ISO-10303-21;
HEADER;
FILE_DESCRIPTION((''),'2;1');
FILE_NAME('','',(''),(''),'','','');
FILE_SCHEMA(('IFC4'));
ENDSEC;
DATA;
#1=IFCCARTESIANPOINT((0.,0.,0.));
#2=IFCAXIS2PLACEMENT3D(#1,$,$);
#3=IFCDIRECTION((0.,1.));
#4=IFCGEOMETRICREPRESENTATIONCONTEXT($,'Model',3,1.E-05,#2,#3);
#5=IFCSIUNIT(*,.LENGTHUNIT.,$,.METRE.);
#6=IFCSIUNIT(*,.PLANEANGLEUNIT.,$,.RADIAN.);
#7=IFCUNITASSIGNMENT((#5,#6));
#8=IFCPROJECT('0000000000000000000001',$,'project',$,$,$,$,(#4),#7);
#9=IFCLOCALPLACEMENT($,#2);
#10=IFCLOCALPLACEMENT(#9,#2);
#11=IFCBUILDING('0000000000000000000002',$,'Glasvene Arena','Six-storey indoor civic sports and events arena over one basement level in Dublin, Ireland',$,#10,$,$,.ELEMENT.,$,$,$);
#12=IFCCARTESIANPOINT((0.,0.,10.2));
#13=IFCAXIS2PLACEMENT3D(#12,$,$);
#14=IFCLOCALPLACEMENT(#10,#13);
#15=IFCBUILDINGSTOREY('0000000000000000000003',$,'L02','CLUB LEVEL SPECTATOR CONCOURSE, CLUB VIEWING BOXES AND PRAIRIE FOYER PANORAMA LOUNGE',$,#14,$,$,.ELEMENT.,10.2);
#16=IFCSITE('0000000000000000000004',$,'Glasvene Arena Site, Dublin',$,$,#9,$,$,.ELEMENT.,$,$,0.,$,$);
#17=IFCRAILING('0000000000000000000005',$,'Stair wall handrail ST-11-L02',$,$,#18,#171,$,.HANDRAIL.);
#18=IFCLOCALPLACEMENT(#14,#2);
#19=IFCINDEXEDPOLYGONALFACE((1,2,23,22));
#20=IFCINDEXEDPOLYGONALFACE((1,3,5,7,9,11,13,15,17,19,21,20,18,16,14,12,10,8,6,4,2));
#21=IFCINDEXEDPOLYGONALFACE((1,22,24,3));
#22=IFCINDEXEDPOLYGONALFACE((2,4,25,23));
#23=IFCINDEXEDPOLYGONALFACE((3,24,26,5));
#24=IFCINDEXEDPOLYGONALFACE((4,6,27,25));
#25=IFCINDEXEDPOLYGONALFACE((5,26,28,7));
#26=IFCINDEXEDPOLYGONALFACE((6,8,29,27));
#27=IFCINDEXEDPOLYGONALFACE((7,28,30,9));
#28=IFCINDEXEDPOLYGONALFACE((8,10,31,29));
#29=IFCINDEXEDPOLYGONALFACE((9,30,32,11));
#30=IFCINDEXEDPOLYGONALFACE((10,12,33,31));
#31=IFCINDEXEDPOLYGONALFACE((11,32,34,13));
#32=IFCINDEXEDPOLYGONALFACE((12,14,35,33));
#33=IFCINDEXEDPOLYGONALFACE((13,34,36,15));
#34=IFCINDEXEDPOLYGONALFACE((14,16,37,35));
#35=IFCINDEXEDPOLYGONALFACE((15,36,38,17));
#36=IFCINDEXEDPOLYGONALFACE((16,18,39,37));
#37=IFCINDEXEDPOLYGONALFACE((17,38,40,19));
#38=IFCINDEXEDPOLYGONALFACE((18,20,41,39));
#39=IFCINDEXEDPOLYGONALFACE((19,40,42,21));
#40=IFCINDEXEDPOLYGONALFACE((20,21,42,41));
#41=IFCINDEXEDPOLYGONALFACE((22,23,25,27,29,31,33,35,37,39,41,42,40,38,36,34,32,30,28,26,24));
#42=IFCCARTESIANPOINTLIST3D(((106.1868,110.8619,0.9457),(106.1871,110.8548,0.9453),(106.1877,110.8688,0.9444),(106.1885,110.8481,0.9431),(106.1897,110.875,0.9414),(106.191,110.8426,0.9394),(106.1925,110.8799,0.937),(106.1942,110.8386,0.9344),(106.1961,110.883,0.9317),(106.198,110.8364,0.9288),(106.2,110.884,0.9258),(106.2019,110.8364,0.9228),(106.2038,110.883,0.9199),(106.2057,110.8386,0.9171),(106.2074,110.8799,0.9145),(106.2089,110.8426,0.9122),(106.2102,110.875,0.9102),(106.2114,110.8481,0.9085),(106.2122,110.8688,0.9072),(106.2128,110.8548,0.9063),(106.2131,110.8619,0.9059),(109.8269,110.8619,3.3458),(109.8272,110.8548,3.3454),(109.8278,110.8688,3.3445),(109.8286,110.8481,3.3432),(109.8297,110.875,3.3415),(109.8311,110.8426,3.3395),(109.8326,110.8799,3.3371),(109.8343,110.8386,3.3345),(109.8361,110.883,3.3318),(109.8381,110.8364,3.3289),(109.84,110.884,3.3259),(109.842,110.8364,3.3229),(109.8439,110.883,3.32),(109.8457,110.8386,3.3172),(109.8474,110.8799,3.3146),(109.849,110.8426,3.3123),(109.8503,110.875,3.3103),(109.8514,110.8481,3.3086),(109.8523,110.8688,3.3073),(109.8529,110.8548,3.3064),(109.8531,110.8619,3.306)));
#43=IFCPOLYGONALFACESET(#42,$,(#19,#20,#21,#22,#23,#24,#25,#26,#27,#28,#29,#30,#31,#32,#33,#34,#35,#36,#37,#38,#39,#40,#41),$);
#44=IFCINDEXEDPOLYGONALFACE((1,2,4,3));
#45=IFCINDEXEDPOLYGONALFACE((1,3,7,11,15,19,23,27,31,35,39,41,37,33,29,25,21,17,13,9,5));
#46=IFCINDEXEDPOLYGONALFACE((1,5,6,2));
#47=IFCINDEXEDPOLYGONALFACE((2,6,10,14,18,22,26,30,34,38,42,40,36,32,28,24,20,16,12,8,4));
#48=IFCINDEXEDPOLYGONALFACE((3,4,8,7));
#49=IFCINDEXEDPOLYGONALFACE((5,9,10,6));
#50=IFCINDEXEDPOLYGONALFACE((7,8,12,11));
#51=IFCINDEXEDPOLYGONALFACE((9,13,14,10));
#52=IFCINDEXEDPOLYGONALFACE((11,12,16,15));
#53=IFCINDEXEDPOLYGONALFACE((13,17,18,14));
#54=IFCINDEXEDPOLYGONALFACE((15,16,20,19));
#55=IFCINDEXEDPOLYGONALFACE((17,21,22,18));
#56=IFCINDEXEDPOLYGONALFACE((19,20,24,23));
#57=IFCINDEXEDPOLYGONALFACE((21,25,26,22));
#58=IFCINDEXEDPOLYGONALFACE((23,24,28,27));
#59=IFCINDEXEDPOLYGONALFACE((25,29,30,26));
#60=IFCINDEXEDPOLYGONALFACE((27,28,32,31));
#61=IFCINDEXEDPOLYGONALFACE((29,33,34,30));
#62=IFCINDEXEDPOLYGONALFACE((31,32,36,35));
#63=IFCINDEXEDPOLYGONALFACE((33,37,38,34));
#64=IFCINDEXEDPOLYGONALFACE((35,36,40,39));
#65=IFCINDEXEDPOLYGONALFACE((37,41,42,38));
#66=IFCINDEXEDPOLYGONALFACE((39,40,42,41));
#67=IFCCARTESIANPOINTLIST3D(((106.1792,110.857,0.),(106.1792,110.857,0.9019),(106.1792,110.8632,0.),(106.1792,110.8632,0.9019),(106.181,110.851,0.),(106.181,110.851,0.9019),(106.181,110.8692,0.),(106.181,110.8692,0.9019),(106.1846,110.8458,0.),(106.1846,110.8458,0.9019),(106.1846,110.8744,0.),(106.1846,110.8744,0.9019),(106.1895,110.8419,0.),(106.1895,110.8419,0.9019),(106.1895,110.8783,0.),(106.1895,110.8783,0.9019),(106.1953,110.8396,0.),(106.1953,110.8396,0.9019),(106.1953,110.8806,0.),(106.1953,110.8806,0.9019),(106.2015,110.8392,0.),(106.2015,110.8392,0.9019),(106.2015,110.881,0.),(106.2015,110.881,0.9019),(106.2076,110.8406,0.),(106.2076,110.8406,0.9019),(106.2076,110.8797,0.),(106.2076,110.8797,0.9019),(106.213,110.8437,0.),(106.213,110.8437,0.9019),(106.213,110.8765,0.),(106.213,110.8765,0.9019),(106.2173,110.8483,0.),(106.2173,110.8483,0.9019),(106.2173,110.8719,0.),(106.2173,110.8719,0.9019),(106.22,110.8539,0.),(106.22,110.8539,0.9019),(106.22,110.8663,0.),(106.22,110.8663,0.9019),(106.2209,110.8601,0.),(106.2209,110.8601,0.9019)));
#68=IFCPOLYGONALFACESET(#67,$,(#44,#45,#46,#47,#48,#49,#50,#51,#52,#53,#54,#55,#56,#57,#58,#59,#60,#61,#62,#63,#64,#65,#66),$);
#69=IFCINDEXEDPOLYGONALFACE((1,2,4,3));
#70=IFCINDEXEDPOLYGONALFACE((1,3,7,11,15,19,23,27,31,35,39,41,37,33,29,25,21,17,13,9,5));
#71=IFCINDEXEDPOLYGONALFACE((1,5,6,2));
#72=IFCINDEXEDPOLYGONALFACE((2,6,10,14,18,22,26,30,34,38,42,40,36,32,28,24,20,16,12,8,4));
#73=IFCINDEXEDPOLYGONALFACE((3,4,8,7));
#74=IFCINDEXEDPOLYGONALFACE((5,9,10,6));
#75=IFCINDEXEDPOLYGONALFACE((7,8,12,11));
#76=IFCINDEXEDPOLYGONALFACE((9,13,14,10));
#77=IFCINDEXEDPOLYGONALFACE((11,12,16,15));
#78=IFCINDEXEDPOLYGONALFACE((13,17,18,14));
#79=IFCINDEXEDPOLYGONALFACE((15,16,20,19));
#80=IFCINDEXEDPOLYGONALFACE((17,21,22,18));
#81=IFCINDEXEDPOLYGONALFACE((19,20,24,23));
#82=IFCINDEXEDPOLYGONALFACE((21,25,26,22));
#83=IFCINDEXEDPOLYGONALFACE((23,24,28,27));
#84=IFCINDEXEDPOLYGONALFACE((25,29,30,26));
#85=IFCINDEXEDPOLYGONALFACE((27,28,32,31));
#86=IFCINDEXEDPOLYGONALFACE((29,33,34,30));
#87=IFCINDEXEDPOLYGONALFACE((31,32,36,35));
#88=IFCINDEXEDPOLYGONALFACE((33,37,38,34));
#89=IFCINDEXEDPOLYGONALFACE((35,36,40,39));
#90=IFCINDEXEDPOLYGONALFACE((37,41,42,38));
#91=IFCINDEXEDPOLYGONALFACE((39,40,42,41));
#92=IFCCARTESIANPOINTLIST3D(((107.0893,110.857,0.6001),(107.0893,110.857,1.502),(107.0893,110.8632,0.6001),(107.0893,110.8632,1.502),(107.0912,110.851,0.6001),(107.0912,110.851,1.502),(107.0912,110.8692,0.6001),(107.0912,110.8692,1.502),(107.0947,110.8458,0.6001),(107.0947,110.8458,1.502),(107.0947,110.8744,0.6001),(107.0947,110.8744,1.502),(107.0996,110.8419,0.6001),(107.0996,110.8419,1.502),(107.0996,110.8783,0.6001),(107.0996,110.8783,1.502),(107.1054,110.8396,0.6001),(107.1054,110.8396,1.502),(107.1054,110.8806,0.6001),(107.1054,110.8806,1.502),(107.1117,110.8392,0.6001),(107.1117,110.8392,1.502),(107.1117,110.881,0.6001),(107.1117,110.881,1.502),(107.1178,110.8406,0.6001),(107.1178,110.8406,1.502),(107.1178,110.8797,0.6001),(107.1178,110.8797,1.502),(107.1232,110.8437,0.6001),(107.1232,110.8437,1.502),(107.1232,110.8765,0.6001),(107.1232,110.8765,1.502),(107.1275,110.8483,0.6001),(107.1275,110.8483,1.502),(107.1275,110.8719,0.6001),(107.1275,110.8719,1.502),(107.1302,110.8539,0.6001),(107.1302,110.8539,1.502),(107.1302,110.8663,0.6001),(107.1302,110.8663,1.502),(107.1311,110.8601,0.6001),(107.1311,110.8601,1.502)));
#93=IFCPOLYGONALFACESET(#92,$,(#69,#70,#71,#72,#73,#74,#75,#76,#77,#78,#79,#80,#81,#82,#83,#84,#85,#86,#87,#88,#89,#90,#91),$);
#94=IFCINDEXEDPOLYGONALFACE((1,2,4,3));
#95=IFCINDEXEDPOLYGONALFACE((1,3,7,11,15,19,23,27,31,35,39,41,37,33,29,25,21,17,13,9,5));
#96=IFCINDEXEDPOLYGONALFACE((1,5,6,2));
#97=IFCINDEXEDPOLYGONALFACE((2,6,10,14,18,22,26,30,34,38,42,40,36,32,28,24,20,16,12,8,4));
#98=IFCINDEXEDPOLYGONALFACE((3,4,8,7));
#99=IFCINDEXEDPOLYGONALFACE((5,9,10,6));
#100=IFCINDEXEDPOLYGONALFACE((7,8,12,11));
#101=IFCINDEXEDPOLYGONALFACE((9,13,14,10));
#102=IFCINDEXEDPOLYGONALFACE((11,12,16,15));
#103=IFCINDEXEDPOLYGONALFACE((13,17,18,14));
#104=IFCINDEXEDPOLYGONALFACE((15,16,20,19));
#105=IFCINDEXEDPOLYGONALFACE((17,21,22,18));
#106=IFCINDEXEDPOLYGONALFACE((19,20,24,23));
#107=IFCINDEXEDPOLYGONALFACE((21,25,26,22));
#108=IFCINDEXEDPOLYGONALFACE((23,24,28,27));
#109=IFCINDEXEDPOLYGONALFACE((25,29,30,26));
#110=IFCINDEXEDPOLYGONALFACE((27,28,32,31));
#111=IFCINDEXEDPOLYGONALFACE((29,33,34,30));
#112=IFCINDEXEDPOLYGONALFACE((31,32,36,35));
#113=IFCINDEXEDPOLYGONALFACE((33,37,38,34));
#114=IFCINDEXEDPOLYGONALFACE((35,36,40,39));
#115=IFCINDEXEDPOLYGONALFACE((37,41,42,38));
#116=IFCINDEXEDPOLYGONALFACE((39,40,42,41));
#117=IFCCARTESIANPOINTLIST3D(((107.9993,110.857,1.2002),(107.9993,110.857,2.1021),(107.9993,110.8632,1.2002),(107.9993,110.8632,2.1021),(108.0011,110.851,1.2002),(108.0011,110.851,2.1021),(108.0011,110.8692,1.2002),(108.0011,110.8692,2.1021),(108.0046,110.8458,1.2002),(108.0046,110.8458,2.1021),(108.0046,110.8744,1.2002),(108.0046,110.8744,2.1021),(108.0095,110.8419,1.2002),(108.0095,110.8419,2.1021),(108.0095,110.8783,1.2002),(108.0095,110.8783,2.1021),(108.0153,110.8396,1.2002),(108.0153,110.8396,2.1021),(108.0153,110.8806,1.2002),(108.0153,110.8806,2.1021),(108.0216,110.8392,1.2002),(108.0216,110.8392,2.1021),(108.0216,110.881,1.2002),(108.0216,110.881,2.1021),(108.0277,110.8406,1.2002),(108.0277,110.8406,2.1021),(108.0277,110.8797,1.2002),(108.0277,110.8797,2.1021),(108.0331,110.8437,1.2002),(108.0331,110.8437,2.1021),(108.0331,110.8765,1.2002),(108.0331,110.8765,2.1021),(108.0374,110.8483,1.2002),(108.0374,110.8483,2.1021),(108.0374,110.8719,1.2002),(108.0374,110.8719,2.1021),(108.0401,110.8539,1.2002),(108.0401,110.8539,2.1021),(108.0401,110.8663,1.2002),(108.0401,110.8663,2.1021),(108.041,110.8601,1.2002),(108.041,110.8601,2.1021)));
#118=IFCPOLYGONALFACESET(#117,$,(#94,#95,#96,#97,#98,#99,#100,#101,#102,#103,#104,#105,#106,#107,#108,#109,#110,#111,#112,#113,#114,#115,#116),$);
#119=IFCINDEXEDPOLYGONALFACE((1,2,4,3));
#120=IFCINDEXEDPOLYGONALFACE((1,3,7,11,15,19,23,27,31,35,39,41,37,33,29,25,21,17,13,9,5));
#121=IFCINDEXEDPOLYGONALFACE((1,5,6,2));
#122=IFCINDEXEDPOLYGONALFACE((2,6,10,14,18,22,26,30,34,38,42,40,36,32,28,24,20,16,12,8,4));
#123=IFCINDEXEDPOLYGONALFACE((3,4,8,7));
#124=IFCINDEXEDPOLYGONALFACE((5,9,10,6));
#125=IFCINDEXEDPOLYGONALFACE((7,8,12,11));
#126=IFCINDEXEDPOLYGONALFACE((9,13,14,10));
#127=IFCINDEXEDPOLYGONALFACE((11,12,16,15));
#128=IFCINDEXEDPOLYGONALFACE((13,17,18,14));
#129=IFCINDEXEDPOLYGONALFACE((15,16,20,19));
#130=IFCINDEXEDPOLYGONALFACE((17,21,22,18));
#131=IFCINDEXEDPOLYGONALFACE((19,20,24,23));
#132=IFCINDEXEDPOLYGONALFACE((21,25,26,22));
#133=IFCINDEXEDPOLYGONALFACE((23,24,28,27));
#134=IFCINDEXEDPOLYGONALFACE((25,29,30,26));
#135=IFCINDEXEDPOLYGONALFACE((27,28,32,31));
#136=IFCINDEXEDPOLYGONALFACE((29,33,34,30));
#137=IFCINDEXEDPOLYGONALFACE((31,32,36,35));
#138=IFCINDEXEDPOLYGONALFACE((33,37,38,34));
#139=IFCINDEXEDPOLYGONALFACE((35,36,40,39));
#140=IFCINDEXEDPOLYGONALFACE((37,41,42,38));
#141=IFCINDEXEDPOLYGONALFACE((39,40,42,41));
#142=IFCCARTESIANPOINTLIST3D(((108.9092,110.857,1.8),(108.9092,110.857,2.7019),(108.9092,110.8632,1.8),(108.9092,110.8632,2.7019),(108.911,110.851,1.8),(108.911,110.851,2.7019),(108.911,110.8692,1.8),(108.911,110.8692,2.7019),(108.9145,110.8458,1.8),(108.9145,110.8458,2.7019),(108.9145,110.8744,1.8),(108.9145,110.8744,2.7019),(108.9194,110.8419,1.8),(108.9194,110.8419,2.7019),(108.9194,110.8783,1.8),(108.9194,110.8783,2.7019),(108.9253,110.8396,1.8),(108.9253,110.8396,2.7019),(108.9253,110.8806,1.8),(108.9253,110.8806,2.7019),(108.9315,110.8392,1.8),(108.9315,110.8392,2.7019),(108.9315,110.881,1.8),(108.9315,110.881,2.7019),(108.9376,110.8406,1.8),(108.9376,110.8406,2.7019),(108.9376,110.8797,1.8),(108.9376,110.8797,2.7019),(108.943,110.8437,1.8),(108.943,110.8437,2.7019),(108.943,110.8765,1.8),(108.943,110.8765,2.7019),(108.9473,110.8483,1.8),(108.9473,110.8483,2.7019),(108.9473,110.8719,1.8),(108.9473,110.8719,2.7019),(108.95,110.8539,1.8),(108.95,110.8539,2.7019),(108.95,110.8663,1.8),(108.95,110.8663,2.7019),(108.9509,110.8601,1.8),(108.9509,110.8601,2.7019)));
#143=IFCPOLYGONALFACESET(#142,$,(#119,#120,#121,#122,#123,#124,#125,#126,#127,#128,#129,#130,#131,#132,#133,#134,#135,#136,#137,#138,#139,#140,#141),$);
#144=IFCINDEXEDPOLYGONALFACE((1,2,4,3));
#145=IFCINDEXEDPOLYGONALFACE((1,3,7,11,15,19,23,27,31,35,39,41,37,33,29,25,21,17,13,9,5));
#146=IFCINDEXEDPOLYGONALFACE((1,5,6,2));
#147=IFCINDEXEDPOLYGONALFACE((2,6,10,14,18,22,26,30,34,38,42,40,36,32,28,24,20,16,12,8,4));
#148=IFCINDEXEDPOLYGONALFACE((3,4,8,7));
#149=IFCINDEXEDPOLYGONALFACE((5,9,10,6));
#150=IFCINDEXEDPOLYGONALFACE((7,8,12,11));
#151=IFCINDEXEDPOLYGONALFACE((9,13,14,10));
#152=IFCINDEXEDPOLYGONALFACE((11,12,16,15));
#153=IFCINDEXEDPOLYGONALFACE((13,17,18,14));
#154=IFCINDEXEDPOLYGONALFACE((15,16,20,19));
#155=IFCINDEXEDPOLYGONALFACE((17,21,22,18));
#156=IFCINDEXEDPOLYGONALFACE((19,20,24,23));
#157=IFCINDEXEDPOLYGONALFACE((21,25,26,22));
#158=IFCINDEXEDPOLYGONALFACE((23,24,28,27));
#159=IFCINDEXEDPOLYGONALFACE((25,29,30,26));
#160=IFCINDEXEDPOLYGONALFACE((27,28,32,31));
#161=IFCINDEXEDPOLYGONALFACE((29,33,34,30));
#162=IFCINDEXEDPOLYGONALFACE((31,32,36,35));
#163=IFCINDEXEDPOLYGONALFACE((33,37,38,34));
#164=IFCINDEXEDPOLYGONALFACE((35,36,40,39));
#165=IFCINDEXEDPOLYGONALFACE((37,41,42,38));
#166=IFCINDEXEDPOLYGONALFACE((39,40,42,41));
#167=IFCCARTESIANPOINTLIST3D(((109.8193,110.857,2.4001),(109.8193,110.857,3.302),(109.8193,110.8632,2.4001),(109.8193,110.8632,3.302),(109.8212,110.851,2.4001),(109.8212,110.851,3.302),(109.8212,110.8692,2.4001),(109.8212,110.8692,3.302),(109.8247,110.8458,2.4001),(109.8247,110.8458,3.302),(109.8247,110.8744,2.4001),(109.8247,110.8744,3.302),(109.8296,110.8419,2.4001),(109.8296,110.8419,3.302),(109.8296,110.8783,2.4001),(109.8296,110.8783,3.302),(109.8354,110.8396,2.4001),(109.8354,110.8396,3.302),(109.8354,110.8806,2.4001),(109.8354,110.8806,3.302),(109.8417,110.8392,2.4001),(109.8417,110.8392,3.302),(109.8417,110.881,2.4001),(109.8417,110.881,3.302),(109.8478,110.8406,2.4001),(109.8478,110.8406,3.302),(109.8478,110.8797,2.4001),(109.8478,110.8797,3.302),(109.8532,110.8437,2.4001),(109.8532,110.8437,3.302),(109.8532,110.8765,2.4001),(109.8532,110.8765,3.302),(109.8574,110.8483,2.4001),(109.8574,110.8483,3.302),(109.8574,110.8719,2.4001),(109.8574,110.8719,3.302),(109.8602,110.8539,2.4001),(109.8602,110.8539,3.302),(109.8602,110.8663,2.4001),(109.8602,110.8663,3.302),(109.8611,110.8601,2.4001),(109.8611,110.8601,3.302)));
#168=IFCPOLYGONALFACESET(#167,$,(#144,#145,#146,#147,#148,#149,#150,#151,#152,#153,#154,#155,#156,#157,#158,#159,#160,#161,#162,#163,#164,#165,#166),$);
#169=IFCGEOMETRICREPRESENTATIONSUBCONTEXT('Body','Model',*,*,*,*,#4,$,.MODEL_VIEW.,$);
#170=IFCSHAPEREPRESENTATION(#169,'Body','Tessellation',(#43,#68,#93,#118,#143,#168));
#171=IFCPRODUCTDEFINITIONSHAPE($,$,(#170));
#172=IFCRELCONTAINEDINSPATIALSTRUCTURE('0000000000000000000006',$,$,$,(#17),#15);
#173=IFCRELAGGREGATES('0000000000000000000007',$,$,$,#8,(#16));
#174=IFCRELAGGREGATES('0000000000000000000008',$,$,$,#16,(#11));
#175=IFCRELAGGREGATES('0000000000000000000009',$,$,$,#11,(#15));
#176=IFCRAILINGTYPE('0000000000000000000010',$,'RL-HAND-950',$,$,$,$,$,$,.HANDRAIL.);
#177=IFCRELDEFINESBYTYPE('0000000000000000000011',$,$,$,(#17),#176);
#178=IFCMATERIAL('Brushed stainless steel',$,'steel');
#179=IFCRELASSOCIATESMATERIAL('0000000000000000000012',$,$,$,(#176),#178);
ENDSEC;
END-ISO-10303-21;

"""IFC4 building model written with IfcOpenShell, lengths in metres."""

from ifc_helpers import new_model, si_unit, direction, frame, origin, origin_2d, place, context, subcontext, project, spatial, circle, extrude, material, type_object, element, save


model = new_model("IFC4")

# Units and contexts
model_context = context("Model", 3, precision=1e-05, world=origin(), true_north=direction((0.0, 1.0)))
body_context = subcontext(model_context, "Body", "Model", "MODEL_VIEW")
ifc_project = project(units=[si_unit("LENGTHUNIT", "METRE"), si_unit("PLANEANGLEUNIT", "RADIAN")], contexts=[model_context])

# Site, building, storey
site_placement = place(None, origin())
site = spatial("IfcSite", under=ifc_project, at=site_placement, Name="Glasvene Arena Site, Dublin", CompositionType="ELEMENT", RefElevation=0.0)
building_placement = place(site_placement, origin())
building = spatial("IfcBuilding", under=site, at=building_placement, Name="Glasvene Arena", Description="Six-storey indoor civic sports and events arena over one basement level in Dublin, Ireland", CompositionType="ELEMENT")
storey_placement = place(building_placement, frame((0.0, 0.0, 10.2)))
storey = spatial("IfcBuildingStorey", under=building, at=storey_placement, Name="L02", Description="CLUB LEVEL SPECTATOR CONCOURSE, CLUB VIEWING BOXES AND PRAIRIE FOYER PANORAMA LOUNGE", CompositionType="ELEMENT", Elevation=10.2)

# Railing
ifc_material_1 = material(Name="Brushed stainless steel", Category="steel")
railing_type_1 = type_object("IfcRailingType", Name="RL-HAND-950", PredefinedType="HANDRAIL", material=ifc_material_1)
railing_1_placement = place(storey_placement, frame((106.2, 110.8601, 0.0)))
element("IfcRailing", 1, at=railing_1_placement, inside=storey, type_object=railing_type_1, Name="Stair wall handrail ST-11-L02", PredefinedType="HANDRAIL", context=body_context, shape_type="SweptSolid", body=[
    extrude(circle(Radius=0.0239, at=origin_2d()), frame((0.0, 0.0, 0.9258), z_axis=(0.834856, 0.0, 0.550468), x_axis=(0.0, 1.0, 0.0)), (0.0, 0.0, 1.0), 4.3601),
    extrude(circle(Radius=0.021, at=origin_2d()), origin(), (0.0, 0.0, 1.0), 0.9019),
    extrude(circle(Radius=0.021, at=origin_2d()), frame((0.9102, 0.0, 0.6001)), (0.0, 0.0, 1.0), 0.9019),
    extrude(circle(Radius=0.021, at=origin_2d()), frame((1.8201, 0.0, 1.2002)), (0.0, 0.0, 1.0), 0.9019),
    extrude(circle(Radius=0.021, at=origin_2d()), frame((2.73, 0.0, 1.8)), (0.0, 0.0, 1.0), 0.9019),
    extrude(circle(Radius=0.021, at=origin_2d()), frame((3.6401, 0.0, 2.4001)), (0.0, 0.0, 1.0), 0.9019),
])

save(model, "model.ifc")
